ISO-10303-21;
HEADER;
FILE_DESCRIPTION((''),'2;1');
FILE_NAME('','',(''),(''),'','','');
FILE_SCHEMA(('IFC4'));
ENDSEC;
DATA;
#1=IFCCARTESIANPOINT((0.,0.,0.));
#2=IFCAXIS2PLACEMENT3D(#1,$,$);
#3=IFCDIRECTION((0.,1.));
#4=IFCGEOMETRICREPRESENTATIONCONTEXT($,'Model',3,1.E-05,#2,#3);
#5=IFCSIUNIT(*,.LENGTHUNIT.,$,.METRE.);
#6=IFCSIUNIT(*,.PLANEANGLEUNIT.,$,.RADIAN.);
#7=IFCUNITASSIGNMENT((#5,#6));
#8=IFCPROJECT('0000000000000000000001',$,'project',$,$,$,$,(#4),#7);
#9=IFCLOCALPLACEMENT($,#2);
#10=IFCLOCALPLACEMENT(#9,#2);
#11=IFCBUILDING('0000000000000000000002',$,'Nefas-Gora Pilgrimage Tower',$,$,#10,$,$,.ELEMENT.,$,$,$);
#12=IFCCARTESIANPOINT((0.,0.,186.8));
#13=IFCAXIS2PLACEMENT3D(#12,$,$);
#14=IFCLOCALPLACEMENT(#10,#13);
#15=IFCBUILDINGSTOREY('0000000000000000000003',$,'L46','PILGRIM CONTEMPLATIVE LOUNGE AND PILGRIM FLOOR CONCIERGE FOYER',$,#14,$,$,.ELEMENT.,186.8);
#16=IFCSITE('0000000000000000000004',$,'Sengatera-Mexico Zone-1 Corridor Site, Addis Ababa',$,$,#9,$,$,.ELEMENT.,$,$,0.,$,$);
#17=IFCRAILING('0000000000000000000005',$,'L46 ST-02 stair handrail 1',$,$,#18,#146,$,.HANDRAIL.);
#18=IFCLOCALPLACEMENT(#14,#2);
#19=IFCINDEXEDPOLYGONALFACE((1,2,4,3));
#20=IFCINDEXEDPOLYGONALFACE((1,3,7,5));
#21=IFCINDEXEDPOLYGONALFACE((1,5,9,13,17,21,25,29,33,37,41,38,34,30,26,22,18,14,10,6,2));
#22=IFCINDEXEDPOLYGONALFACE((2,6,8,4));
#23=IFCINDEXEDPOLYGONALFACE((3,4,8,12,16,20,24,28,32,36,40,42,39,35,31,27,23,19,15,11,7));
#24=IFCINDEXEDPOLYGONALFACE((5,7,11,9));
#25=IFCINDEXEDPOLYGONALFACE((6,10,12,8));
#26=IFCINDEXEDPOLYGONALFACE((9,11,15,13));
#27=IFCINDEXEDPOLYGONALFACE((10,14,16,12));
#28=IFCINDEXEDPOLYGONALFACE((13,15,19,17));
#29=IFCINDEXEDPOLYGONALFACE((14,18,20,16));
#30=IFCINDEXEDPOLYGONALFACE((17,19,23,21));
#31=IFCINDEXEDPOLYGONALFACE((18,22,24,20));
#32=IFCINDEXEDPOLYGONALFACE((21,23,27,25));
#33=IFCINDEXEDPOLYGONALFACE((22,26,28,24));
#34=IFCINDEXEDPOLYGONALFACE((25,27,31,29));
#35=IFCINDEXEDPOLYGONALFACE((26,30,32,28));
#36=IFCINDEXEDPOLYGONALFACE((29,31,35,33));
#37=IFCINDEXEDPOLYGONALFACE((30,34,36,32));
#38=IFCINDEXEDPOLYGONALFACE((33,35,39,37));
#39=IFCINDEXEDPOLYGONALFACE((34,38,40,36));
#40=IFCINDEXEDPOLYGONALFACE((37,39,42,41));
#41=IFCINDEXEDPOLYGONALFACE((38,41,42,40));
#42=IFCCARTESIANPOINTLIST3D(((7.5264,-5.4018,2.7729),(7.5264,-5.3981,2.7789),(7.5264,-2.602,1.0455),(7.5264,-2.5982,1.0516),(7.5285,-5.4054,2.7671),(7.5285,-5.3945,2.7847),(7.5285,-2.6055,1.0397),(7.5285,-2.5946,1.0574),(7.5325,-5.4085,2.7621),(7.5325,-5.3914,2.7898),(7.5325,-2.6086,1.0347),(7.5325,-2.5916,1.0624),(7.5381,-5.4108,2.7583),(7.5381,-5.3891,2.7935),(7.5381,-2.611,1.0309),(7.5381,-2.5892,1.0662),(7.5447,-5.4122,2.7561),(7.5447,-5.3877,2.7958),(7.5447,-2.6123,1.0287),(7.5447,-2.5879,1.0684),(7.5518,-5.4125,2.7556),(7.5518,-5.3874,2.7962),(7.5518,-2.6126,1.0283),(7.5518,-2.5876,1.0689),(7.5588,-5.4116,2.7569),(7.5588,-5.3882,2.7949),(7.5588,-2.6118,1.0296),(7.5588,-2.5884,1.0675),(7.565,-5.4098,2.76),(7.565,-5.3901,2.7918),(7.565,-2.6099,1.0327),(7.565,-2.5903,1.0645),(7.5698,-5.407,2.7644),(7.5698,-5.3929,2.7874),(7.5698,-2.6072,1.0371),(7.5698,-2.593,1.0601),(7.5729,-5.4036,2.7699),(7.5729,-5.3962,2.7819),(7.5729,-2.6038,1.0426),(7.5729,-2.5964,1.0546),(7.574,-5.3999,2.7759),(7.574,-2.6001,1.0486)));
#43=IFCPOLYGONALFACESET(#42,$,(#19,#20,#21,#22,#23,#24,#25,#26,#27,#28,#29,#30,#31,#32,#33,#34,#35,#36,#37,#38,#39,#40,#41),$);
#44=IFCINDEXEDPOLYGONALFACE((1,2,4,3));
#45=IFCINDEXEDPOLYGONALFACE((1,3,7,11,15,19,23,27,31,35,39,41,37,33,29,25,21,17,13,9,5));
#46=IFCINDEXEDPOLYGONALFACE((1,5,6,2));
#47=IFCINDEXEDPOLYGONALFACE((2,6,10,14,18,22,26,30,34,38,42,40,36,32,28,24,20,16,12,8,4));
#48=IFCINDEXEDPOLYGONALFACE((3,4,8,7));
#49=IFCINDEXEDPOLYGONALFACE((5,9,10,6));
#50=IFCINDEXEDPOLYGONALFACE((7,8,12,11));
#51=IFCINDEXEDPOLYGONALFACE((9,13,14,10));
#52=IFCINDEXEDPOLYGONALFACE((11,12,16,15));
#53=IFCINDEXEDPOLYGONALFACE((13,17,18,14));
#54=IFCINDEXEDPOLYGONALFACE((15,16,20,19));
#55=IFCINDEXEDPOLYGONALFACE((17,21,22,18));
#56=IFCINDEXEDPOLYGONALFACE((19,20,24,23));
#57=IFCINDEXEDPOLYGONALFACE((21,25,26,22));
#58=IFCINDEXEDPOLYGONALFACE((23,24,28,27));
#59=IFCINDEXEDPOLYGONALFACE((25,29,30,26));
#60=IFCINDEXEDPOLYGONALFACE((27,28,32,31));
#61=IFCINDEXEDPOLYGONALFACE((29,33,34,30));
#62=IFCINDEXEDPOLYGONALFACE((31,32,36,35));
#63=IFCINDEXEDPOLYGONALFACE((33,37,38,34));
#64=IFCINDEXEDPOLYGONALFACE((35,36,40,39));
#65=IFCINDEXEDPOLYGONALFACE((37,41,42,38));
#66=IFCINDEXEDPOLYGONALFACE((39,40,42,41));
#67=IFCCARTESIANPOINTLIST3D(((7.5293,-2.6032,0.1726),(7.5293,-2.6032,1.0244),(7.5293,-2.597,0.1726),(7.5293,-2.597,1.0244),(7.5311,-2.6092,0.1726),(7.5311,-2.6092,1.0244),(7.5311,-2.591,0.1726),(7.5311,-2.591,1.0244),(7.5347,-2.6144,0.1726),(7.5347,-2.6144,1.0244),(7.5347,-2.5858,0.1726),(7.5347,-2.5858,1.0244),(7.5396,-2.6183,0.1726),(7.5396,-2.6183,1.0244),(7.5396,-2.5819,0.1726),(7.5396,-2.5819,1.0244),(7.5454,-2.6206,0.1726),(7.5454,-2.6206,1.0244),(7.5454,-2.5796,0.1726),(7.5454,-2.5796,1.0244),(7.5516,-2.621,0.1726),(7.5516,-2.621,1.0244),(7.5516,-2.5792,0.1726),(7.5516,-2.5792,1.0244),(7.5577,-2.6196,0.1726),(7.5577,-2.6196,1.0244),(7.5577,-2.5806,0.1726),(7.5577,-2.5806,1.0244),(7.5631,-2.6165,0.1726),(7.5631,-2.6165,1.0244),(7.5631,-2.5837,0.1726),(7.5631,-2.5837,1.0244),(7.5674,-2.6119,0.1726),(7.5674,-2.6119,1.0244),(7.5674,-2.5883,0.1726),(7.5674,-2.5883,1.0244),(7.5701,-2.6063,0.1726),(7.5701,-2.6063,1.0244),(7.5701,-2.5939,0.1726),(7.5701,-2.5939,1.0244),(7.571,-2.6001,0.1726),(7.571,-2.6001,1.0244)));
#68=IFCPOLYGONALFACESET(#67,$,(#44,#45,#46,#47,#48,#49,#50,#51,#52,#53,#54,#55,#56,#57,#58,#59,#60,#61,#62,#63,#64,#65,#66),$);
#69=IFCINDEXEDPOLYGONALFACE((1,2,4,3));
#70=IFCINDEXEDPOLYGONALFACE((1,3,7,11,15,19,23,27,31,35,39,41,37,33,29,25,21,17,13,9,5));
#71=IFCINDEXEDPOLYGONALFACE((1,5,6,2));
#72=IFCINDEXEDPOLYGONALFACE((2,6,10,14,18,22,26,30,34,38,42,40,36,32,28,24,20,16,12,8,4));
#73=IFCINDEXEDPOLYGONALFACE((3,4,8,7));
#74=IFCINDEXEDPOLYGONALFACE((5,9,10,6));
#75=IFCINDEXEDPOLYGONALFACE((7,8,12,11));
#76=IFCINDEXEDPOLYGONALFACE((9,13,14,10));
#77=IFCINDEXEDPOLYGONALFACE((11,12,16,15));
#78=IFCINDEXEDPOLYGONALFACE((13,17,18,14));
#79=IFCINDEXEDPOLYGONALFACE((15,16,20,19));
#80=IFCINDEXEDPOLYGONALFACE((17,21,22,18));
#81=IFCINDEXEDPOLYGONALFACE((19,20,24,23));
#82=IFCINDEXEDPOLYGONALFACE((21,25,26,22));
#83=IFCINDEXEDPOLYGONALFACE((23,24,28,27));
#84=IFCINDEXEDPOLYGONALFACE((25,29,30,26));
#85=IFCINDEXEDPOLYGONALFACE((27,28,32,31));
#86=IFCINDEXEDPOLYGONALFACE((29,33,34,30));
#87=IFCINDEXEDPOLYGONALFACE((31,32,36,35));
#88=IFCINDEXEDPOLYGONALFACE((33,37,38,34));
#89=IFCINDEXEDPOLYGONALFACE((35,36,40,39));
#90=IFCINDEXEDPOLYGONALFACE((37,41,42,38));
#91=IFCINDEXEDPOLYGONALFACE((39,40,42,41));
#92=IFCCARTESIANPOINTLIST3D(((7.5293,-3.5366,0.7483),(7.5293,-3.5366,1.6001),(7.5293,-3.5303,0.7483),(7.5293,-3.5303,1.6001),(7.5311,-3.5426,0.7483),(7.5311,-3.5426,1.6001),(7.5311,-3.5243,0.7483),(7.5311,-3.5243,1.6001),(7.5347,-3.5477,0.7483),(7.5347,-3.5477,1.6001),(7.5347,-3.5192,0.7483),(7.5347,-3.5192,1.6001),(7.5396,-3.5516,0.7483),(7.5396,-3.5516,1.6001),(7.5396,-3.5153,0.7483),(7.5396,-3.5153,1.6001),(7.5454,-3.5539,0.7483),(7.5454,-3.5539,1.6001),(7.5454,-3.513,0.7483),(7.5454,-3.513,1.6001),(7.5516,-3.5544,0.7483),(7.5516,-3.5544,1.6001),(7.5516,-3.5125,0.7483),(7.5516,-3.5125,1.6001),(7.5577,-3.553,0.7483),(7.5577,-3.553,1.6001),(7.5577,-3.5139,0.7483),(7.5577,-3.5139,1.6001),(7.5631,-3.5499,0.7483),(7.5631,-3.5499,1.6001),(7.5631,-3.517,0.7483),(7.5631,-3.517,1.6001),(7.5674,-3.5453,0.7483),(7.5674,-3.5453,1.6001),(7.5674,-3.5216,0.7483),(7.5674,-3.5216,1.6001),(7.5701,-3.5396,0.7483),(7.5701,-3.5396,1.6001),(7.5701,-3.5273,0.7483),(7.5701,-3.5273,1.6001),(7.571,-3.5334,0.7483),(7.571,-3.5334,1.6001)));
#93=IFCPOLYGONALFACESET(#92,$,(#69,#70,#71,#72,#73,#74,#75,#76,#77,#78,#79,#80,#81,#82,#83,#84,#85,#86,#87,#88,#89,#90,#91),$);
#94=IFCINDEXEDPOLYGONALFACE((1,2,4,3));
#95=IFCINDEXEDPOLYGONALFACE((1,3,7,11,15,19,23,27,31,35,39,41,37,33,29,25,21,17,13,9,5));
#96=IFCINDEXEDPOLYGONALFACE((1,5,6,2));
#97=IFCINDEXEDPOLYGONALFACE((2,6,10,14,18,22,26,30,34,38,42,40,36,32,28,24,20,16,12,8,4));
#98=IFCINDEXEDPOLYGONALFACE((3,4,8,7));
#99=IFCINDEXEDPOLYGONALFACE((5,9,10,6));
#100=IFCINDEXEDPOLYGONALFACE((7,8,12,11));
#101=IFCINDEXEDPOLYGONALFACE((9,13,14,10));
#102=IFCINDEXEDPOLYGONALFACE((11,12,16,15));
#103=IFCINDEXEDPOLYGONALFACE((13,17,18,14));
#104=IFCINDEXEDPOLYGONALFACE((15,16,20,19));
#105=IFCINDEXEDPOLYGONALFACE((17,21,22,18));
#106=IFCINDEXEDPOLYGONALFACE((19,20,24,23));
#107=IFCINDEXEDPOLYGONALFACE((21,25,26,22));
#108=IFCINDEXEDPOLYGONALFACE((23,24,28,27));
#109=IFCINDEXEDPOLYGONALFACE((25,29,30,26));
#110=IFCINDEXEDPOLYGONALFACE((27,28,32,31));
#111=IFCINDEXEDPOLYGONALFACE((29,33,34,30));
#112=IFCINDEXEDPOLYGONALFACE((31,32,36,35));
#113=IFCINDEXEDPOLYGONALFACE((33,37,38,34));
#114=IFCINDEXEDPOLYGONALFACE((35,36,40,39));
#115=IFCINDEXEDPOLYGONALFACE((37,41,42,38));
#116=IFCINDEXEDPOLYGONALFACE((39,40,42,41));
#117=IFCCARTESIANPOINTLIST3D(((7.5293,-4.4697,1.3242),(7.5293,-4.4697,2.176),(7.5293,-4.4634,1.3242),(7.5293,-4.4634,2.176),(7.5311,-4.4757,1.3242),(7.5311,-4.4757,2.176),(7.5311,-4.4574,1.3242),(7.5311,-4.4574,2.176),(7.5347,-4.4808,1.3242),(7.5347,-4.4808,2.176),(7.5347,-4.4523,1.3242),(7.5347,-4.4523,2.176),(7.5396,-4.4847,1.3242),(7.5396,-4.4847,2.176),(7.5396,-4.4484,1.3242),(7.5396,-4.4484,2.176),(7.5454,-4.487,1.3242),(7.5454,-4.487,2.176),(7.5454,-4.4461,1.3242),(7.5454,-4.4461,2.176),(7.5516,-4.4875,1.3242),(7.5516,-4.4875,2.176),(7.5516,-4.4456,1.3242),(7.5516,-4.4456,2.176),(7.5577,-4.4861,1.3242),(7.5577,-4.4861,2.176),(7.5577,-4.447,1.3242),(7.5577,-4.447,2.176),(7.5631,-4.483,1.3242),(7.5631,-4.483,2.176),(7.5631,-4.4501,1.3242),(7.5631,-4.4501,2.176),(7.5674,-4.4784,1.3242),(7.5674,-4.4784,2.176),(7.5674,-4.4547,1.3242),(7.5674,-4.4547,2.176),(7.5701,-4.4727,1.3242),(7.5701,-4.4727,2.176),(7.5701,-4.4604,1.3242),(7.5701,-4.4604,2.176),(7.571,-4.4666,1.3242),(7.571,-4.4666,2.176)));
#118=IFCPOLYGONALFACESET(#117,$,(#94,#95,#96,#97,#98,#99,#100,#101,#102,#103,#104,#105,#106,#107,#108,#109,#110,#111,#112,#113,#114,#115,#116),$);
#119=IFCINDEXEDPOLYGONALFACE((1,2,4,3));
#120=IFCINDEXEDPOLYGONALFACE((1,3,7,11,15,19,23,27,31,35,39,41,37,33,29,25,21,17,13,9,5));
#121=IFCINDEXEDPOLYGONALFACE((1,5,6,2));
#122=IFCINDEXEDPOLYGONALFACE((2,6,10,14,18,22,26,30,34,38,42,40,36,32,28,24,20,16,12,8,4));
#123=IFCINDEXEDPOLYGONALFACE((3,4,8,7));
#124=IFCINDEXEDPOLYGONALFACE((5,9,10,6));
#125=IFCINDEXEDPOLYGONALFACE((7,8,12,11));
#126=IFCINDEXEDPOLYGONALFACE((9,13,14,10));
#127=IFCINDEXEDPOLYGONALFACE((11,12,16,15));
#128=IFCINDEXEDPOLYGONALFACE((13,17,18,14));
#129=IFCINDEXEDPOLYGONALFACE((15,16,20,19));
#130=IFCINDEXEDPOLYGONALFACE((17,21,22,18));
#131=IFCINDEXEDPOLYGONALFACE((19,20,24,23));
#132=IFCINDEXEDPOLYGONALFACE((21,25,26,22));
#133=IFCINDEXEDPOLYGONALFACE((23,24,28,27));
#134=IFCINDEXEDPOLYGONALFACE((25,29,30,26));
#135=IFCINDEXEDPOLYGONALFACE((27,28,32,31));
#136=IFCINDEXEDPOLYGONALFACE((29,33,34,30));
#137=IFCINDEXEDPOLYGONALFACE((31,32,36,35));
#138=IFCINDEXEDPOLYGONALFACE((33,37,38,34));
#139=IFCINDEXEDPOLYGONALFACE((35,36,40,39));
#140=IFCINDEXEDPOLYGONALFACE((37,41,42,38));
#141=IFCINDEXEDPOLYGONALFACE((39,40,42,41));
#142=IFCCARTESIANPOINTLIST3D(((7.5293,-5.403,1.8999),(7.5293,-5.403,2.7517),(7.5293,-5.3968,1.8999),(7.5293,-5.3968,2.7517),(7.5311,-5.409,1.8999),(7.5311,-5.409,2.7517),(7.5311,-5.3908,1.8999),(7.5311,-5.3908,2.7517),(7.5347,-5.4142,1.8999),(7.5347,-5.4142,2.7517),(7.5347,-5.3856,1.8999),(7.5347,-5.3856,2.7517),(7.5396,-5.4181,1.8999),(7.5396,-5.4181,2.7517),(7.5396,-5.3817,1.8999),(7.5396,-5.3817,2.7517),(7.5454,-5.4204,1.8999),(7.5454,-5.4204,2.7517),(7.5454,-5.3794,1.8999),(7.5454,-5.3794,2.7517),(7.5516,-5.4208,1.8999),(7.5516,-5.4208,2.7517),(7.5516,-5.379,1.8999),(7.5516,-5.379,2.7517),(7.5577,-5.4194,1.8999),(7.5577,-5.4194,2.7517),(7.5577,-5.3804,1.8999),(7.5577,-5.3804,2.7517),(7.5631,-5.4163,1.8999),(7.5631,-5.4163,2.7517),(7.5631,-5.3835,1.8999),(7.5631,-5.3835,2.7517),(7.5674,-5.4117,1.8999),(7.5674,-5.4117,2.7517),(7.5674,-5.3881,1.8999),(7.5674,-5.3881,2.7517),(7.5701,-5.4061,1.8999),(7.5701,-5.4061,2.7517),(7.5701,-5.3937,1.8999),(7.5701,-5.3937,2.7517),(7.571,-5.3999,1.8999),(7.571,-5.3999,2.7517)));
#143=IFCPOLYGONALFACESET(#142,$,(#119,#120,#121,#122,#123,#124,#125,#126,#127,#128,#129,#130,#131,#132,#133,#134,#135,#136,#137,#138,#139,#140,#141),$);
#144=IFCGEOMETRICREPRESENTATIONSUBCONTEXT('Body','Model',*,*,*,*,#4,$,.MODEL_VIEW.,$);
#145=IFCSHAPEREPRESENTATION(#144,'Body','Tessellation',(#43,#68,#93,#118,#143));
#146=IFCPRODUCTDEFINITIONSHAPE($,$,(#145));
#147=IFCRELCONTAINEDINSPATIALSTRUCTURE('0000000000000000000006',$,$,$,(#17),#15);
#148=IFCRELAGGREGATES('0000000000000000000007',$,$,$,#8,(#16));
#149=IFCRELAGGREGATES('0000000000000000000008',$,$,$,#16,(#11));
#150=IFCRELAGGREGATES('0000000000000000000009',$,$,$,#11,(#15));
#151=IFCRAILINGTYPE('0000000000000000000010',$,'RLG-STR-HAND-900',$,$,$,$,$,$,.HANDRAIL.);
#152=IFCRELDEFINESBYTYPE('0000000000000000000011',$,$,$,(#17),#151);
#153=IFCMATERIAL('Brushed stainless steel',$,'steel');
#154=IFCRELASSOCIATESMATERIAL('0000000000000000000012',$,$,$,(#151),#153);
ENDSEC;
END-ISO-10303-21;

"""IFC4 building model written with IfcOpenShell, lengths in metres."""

from ifc_helpers import new_model, si_unit, direction, frame, origin, origin_2d, place, context, subcontext, project, spatial, circle, extrude, material, type_object, element, save


model = new_model("IFC4")

# Units and contexts
model_context = context("Model", 3, precision=1e-05, world=origin(), true_north=direction((0.0, 1.0)))
body_context = subcontext(model_context, "Body", "Model", "MODEL_VIEW")
ifc_project = project(units=[si_unit("LENGTHUNIT", "METRE"), si_unit("PLANEANGLEUNIT", "RADIAN")], contexts=[model_context])

# Site, building, storey
site_placement = place(None, origin())
site = spatial("IfcSite", under=ifc_project, at=site_placement, Name="Sengatera-Mexico Zone-1 Corridor Site, Addis Ababa", CompositionType="ELEMENT", RefElevation=0.0)
building_placement = place(site_placement, origin())
building = spatial("IfcBuilding", under=site, at=building_placement, Name="Nefas-Gora Pilgrimage Tower", CompositionType="ELEMENT")
storey_placement = place(building_placement, frame((0.0, 0.0, 186.8)))
storey = spatial("IfcBuildingStorey", under=building, at=storey_placement, Name="L46", Description="PILGRIM CONTEMPLATIVE LOUNGE AND PILGRIM FLOOR CONCIERGE FOYER", CompositionType="ELEMENT", Elevation=186.8)

# Railing
ifc_material_1 = material(Name="Brushed stainless steel", Category="steel")
railing_type_1 = type_object("IfcRailingType", Name="RLG-STR-HAND-900", PredefinedType="HANDRAIL", material=ifc_material_1)
railing_1_placement = place(storey_placement, frame((7.55, -2.6001, 0.1726)))
element("IfcRailing", 1, at=railing_1_placement, inside=storey, type_object=railing_type_1, Name="L46 ST-02 stair handrail 1", PredefinedType="HANDRAIL", context=body_context, shape_type="SweptSolid", body=[
    extrude(circle(Radius=0.0239, at=origin_2d()), frame((0.0, 0.0, 0.876), z_axis=(0.0, -0.851069, 0.525054), x_axis=(1.0, 0.0, 0.0)), (0.0, 0.0, 1.0), 3.2898),
    extrude(circle(Radius=0.021, at=origin_2d()), origin(), (0.0, 0.0, 1.0), 0.8518),
    extrude(circle(Radius=0.021, at=origin_2d()), frame((0.0, -0.9333, 0.5757)), (0.0, 0.0, 1.0), 0.8518),
    extrude(circle(Radius=0.021, at=origin_2d()), frame((0.0, -1.8665, 1.1516)), (0.0, 0.0, 1.0), 0.8518),
    extrude(circle(Radius=0.021, at=origin_2d()), frame((0.0, -2.7998, 1.7273)), (0.0, 0.0, 1.0), 0.8518),
])

save(model, "model.ifc")
